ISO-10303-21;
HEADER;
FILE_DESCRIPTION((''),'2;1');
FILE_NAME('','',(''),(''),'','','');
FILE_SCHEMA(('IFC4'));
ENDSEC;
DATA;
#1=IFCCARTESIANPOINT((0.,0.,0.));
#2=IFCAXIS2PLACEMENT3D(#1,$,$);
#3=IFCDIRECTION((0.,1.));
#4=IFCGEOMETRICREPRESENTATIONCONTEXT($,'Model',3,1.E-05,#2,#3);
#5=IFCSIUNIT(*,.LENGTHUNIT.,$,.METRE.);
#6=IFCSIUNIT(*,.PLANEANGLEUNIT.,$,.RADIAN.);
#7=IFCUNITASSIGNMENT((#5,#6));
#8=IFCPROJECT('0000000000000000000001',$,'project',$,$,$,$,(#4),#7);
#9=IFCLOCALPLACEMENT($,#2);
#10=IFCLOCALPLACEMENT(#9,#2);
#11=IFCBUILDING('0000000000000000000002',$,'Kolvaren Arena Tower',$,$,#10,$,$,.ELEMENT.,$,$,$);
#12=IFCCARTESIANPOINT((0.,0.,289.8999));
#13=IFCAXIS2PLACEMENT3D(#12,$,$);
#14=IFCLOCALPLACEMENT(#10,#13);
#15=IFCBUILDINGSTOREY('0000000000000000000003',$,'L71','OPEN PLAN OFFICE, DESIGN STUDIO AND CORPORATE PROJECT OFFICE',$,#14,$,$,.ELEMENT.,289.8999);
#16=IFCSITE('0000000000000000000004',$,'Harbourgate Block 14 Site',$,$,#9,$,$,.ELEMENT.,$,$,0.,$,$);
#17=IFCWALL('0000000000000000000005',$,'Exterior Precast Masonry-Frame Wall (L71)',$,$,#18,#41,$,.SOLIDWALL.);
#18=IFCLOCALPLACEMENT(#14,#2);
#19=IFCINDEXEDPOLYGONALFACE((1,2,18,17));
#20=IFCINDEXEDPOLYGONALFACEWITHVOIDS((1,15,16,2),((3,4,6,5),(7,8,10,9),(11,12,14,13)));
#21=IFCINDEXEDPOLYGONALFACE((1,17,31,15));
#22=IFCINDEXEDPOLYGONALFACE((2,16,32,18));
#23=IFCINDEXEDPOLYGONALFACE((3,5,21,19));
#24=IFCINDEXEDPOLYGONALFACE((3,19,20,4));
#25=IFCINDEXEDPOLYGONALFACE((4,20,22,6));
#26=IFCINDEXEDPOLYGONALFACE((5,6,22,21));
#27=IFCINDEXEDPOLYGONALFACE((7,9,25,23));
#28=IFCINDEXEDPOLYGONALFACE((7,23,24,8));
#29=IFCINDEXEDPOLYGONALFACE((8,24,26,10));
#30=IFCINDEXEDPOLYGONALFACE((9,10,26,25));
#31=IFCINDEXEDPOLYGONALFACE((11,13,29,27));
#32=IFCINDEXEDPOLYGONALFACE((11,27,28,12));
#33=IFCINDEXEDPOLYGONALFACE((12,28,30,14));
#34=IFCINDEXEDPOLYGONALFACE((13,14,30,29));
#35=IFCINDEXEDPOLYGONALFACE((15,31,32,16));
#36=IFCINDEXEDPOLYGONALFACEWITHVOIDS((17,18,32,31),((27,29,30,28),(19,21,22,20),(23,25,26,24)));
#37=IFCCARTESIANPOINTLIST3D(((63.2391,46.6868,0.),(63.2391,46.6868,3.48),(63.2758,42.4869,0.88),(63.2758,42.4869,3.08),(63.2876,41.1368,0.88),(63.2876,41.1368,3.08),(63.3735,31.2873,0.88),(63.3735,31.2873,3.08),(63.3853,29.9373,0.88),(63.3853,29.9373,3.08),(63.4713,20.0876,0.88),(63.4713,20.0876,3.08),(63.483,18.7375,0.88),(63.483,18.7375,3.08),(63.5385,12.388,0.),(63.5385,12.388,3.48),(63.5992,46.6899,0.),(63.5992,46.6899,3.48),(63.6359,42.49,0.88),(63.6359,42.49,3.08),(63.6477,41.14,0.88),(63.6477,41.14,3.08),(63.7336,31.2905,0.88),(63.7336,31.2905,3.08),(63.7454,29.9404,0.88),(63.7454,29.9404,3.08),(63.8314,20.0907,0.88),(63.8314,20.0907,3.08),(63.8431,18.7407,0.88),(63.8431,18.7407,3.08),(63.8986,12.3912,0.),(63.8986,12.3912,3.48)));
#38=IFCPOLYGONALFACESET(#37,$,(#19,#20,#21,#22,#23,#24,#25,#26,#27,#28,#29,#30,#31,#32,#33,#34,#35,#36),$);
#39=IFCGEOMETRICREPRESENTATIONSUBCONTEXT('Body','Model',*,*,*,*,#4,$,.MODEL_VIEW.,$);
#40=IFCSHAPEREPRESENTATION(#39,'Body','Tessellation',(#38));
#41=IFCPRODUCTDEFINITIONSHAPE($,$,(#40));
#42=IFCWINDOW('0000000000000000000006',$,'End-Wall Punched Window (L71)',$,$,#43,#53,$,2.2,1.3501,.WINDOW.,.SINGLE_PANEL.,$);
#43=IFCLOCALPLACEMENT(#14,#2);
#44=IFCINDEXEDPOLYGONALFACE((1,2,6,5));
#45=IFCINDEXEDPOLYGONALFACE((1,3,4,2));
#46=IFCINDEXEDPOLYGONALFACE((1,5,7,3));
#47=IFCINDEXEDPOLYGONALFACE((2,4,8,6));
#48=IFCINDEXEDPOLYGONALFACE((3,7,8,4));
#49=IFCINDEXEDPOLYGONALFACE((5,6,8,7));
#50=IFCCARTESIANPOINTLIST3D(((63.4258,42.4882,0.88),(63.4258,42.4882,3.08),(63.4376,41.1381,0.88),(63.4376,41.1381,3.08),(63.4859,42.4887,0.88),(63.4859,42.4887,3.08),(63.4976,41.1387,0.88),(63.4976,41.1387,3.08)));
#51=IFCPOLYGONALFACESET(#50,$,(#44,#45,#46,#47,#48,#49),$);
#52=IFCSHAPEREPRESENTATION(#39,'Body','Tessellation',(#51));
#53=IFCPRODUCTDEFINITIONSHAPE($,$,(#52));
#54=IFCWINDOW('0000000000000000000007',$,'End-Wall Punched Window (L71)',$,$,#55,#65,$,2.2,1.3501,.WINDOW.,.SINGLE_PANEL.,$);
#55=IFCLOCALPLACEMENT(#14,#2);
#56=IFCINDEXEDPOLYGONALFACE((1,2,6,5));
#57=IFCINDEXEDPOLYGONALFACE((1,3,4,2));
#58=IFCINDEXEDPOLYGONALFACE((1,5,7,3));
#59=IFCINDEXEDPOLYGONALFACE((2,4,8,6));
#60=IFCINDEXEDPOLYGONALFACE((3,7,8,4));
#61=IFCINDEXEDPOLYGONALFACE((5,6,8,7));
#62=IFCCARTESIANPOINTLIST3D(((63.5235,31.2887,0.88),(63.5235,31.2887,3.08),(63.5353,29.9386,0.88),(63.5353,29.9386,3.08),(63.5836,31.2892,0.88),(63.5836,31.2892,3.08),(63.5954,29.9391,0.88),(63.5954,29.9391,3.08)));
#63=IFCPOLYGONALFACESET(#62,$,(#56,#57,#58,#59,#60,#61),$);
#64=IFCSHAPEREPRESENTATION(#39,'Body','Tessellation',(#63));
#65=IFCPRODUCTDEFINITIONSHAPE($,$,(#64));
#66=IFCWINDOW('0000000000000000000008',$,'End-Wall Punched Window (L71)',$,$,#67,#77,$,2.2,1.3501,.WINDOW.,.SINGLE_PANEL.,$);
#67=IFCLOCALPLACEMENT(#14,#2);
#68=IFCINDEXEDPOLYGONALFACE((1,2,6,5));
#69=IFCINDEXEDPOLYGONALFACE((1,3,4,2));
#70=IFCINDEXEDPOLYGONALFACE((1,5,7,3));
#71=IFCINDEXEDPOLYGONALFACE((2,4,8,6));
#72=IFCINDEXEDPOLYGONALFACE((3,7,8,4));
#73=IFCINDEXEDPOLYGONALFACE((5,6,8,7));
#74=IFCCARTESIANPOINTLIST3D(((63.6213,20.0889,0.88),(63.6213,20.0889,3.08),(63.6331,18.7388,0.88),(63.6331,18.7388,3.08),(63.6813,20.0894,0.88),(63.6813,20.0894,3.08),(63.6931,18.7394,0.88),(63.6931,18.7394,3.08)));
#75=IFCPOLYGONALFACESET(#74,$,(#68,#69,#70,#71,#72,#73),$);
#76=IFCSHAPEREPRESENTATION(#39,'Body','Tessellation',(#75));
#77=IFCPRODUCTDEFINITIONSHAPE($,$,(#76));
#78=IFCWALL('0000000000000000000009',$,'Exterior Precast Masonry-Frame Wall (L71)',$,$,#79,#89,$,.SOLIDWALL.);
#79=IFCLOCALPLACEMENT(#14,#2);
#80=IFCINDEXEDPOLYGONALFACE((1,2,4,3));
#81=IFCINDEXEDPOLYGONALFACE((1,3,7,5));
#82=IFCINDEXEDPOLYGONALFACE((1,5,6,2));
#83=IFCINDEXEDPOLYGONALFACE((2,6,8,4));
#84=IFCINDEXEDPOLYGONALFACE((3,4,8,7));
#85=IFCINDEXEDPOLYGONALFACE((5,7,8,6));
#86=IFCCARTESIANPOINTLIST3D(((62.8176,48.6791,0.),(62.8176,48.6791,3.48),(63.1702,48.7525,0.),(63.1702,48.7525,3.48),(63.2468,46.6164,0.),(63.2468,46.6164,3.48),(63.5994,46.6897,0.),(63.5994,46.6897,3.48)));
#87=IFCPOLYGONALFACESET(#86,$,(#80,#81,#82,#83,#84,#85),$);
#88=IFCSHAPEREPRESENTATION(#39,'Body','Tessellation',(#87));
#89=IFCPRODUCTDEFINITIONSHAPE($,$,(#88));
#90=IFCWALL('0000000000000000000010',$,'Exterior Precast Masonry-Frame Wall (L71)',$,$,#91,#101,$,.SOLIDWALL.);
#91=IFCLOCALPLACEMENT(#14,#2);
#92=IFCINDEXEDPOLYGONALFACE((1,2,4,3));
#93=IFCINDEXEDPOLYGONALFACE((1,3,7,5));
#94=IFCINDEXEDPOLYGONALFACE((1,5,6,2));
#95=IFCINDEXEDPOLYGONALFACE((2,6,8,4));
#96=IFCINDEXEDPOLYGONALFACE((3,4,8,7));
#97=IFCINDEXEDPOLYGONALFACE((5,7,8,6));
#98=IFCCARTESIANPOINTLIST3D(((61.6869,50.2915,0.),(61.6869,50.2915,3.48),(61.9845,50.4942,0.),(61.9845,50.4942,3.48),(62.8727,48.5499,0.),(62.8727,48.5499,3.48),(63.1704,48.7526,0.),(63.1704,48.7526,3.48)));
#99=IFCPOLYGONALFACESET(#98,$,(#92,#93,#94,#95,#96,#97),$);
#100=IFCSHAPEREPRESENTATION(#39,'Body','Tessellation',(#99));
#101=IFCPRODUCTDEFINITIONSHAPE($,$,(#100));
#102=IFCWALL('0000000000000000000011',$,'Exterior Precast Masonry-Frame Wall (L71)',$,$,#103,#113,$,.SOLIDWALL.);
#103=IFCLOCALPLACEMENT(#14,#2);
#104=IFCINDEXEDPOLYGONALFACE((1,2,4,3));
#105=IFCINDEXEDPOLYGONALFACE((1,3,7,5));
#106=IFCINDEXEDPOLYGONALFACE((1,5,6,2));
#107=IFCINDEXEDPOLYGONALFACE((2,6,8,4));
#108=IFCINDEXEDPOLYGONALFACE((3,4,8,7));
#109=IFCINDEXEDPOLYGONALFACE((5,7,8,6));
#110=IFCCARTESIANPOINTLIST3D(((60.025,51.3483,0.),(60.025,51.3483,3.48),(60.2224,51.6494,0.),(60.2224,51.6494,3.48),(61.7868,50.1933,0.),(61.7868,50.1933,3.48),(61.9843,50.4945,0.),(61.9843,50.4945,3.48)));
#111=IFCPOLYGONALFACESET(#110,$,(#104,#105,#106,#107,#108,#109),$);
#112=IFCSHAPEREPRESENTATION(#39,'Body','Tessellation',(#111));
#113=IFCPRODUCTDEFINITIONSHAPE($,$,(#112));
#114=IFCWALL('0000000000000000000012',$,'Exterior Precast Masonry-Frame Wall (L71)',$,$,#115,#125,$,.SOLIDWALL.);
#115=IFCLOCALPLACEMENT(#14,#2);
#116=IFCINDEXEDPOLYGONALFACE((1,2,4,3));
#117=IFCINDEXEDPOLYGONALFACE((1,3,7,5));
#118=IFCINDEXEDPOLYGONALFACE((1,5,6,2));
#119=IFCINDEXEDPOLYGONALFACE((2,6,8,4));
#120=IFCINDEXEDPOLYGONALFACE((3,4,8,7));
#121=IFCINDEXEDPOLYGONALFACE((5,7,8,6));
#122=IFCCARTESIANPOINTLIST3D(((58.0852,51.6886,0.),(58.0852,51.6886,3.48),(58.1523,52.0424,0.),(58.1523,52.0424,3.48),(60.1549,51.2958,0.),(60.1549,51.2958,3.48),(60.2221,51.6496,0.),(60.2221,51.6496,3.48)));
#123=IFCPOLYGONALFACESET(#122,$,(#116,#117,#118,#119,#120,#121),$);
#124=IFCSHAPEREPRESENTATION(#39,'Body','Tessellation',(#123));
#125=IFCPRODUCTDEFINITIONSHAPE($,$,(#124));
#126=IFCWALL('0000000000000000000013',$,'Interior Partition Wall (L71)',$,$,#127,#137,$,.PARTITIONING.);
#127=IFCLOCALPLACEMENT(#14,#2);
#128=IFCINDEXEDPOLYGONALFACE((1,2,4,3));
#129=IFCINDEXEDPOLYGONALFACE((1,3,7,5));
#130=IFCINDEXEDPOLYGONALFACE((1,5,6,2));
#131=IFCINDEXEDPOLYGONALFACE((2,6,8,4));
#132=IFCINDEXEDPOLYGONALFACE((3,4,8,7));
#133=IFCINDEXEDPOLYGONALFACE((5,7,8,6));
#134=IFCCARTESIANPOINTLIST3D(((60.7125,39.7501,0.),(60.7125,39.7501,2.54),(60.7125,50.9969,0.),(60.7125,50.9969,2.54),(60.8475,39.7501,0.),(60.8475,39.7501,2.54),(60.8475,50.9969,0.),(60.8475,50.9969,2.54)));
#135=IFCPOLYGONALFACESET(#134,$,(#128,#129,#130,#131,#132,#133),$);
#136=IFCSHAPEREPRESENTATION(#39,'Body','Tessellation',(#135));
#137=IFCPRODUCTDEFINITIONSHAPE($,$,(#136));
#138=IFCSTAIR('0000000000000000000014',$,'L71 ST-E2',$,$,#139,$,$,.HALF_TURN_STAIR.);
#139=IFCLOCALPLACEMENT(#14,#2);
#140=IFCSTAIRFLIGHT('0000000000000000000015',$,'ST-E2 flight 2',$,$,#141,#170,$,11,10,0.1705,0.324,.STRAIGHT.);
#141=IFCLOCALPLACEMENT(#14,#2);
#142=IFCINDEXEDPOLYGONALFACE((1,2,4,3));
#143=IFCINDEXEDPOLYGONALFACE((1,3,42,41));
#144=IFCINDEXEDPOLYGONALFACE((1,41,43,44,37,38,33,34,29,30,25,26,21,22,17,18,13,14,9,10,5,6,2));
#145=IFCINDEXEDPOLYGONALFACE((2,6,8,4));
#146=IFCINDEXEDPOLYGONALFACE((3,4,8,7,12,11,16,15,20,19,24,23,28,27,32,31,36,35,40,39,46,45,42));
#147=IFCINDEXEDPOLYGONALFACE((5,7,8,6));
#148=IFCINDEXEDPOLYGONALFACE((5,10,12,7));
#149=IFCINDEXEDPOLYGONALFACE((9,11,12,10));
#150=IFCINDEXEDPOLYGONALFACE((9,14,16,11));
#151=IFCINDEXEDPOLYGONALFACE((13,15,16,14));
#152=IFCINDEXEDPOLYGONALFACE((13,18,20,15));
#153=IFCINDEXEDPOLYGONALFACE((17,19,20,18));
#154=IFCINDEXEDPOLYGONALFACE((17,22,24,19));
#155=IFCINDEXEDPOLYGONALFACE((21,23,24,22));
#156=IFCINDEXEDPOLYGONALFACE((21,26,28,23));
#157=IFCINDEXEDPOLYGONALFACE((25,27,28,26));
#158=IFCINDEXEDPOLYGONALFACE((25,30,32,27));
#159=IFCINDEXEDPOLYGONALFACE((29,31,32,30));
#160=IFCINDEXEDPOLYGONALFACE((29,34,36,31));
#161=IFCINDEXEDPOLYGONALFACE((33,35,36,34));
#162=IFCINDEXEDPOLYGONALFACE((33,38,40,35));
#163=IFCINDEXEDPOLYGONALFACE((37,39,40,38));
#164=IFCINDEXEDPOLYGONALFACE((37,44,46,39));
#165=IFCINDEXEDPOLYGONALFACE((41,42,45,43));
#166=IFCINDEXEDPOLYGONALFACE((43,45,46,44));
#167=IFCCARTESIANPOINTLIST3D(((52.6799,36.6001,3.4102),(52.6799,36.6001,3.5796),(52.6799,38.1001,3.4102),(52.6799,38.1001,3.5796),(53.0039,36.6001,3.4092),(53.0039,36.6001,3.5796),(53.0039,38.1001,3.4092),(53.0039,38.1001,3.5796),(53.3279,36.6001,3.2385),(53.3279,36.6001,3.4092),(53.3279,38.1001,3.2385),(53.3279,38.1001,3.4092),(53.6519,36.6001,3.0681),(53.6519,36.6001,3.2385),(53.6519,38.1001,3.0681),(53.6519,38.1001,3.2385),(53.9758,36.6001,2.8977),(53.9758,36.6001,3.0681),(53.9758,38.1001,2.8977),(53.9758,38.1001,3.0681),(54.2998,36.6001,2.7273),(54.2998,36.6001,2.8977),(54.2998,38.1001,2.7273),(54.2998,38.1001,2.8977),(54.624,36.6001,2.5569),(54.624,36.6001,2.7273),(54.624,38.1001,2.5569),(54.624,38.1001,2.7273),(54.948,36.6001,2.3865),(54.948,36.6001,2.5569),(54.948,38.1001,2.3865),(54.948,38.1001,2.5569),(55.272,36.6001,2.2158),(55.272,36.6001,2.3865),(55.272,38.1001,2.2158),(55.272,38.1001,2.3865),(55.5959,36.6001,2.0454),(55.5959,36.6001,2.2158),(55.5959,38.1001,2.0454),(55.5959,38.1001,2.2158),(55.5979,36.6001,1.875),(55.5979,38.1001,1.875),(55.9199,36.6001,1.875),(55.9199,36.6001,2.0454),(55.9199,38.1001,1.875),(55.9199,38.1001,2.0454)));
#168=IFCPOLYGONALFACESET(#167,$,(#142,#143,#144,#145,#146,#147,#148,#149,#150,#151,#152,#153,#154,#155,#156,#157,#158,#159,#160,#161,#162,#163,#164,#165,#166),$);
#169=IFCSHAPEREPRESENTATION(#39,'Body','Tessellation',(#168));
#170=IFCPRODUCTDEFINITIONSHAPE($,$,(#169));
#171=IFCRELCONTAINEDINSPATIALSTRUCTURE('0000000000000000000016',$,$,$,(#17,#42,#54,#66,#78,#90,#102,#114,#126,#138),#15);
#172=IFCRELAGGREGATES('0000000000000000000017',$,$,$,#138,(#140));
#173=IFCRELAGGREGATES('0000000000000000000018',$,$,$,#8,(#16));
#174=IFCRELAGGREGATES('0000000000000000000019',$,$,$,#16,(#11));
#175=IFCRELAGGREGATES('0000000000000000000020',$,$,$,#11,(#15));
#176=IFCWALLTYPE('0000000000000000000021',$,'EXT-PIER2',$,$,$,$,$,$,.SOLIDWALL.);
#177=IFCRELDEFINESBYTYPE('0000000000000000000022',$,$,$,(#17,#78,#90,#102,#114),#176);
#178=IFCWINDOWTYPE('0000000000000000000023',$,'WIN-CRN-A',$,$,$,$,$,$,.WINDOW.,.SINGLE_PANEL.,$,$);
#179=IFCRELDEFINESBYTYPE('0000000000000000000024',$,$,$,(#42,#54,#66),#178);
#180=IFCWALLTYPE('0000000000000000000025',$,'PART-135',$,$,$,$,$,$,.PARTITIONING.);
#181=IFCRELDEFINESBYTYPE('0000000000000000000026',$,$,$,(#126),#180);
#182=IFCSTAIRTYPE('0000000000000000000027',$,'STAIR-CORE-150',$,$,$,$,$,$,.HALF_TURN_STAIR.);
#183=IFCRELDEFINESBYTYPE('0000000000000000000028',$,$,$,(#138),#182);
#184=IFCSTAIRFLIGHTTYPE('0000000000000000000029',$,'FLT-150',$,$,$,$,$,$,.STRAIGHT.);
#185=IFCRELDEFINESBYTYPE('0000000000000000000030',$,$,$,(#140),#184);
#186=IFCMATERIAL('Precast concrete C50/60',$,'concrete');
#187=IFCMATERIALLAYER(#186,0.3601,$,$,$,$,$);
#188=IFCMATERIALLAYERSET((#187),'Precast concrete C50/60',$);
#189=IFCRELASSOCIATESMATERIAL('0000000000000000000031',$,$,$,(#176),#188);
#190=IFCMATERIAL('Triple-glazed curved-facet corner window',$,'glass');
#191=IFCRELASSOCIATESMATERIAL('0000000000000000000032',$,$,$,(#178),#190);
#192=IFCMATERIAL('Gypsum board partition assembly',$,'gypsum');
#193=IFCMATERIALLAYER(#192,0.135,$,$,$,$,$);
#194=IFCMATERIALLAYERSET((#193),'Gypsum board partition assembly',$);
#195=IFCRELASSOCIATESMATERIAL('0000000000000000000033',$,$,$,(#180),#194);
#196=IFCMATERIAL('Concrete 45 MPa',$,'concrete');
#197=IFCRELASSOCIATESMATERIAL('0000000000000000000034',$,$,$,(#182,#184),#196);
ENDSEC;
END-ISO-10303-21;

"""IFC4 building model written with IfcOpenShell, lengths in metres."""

from ifc_helpers import new_model, si_unit, direction, frame, frame_2d, origin, place, context, subcontext, project, spatial, polyline, rectangle, outline, extrude, material, layer, layer_set, type_object, element, fill, aggregate, save


model = new_model("IFC4")

# Units and contexts
model_context = context("Model", 3, precision=1e-05, world=origin(), true_north=direction((0.0, 1.0)))
body_context = subcontext(model_context, "Body", "Model", "MODEL_VIEW")
ifc_project = project(units=[si_unit("LENGTHUNIT", "METRE"), si_unit("PLANEANGLEUNIT", "RADIAN")], contexts=[model_context])

# Site, building, storey
site_placement = place(None, origin())
site = spatial("IfcSite", under=ifc_project, at=site_placement, Name="Harbourgate Block 14 Site", CompositionType="ELEMENT", RefElevation=0.0)
building_placement = place(site_placement, origin())
building = spatial("IfcBuilding", under=site, at=building_placement, Name="Kolvaren Arena Tower", CompositionType="ELEMENT")
storey_placement = place(building_placement, frame((0.0, 0.0, 289.8999)))
storey = spatial("IfcBuildingStorey", under=building, at=storey_placement, Name="L71", Description="OPEN PLAN OFFICE, DESIGN STUDIO AND CORPORATE PROJECT OFFICE", CompositionType="ELEMENT", Elevation=289.8999)

# Shared definitions
ifc_material_1 = material(Name="Precast concrete C50/60", Category="concrete")

# Wall, openings, windows
ifc_layer_1 = layer(ifc_material_1, 0.3601)
ifc_layer_set_1 = layer_set([ifc_layer_1], Name="Precast concrete C50/60")
wall_type_1 = type_object("IfcWallType", Name="EXT-PIER2", PredefinedType="SOLIDWALL", material=ifc_layer_set_1)
wall_1_placement = place(storey_placement, frame((63.4192, 46.6882, 0.0), z_axis=(0.0, 0.0, 1.0), x_axis=(0.008726, -0.999962, 0.0)))
wall_1 = element("IfcWall", 1, at=wall_1_placement, inside=storey, type_object=wall_type_1, Name="Exterior Precast Masonry-Frame Wall (L71)", PredefinedType="SOLIDWALL", context=body_context, shape_type="SweptSolid", body=[
    extrude(rectangle(XDim=34.3, YDim=0.3601, at=frame_2d((17.1499, 0.0))), origin(), (0.0, 0.0, 1.0), 3.48),
])
opening_1_placement = place(wall_1_placement, frame((4.2, 0.0, 0.8799)))
opening_1 = element("IfcOpeningElement", 2, at=opening_1_placement, cuts=wall_1, PredefinedType="OPENING", context=body_context, shape_type="SweptSolid", body=[
    extrude(rectangle(XDim=1.3501, YDim=2.2, at=frame_2d((0.675, 1.1001))), frame((0.0, 0.1899, 0.0), z_axis=(0.0, -1.0, 0.0), x_axis=(1.0, 0.0, 0.0)), (0.0, 0.0, 1.0), 0.3801),
])
opening_2_placement = place(wall_1_placement, frame((15.3999, 0.0, 0.8799)))
opening_2 = element("IfcOpeningElement", 3, at=opening_2_placement, cuts=wall_1, PredefinedType="OPENING", context=body_context, shape_type="SweptSolid", body=[
    extrude(rectangle(XDim=1.3501, YDim=2.2, at=frame_2d((0.675, 1.1001))), frame((0.0, 0.1899, 0.0), z_axis=(0.0, -1.0, 0.0), x_axis=(1.0, 0.0, 0.0)), (0.0, 0.0, 1.0), 0.3801),
])
opening_3_placement = place(wall_1_placement, frame((26.6001, 0.0, 0.8799)))
opening_3 = element("IfcOpeningElement", 4, at=opening_3_placement, cuts=wall_1, PredefinedType="OPENING", context=body_context, shape_type="SweptSolid", body=[
    extrude(rectangle(XDim=1.3501, YDim=2.2, at=frame_2d((0.675, 1.1001))), frame((0.0, 0.1899, 0.0), z_axis=(0.0, -1.0, 0.0), x_axis=(1.0, 0.0, 0.0)), (0.0, 0.0, 1.0), 0.3801),
])
ifc_material_2 = material(Name="Triple-glazed curved-facet corner window", Category="glass")
window_type = type_object("IfcWindowType", Name="WIN-CRN-A", PartitioningType="SINGLE_PANEL", PredefinedType="WINDOW", material=ifc_material_2)
window_1_placement = place(opening_1_placement, origin())
window_1 = element("IfcWindow", 5, at=window_1_placement, inside=storey, type_object=window_type, Name="End-Wall Punched Window (L71)", OverallHeight=2.2, OverallWidth=1.3501, PartitioningType="SINGLE_PANEL", PredefinedType="WINDOW", context=body_context, shape_type="SweptSolid", body=[
    extrude(rectangle(XDim=1.3501, YDim=2.2, at=frame_2d((0.675, 1.1001))), frame((0.0, 0.03, 0.0), z_axis=(0.0, -1.0, 0.0), x_axis=(1.0, 0.0, 0.0)), (0.0, 0.0, 1.0), 0.0601),
])
fill(opening_1, window_1)
window_2_placement = place(opening_2_placement, origin())
window_2 = element("IfcWindow", 6, at=window_2_placement, inside=storey, type_object=window_type, Name="End-Wall Punched Window (L71)", OverallHeight=2.2, OverallWidth=1.3501, PartitioningType="SINGLE_PANEL", PredefinedType="WINDOW", context=body_context, shape_type="SweptSolid", body=[
    extrude(rectangle(XDim=1.3501, YDim=2.2, at=frame_2d((0.675, 1.1001))), frame((0.0, 0.03, 0.0), z_axis=(0.0, -1.0, 0.0), x_axis=(1.0, 0.0, 0.0)), (0.0, 0.0, 1.0), 0.0601),
])
fill(opening_2, window_2)
window_3_placement = place(opening_3_placement, origin())
window_3 = element("IfcWindow", 7, at=window_3_placement, inside=storey, type_object=window_type, Name="End-Wall Punched Window (L71)", OverallHeight=2.2, OverallWidth=1.3501, PartitioningType="SINGLE_PANEL", PredefinedType="WINDOW", context=body_context, shape_type="SweptSolid", body=[
    extrude(rectangle(XDim=1.3501, YDim=2.2, at=frame_2d((0.675, 1.1001))), frame((0.0, 0.03, 0.0), z_axis=(0.0, -1.0, 0.0), x_axis=(1.0, 0.0, 0.0)), (0.0, 0.0, 1.0), 0.0601),
])
fill(opening_3, window_3)

# Walls
for number, where, z_axis, x_axis, name in (
    (8, (62.9939, 48.7158, 0.0), (0.0, 0.0, 1.0), (0.203709, -0.979031, 0.0), "Exterior Precast Masonry-Frame Wall (L71)"),
    (9, (61.8357, 50.3928, 0.0), (0.0, 0.0, 1.0), (0.56283, -0.826573, 0.0), "Exterior Precast Masonry-Frame Wall (L71)"),
):
    element("IfcWall", number, at=place(storey_placement, frame(where, z_axis=z_axis, x_axis=x_axis)), inside=storey, type_object=wall_type_1, Name=name, PredefinedType="SOLIDWALL", context=body_context, shape_type="SweptSolid", body=[
        extrude(rectangle(XDim=2.1069, YDim=0.3601, at=frame_2d((1.0535, 0.0))), origin(), (0.0, 0.0, 1.0), 3.48),
    ])
for number, where, z_axis, x_axis, name in (
    (10, (60.1238, 51.4988, 0.0), (0.0, 0.0, 1.0), (0.836322, -0.548239, 0.0), "Exterior Precast Masonry-Frame Wall (L71)"),
    (11, (58.1189, 51.8655, 0.0), (0.0, 0.0, 1.0), (0.982463, -0.186457, 0.0), "Exterior Precast Masonry-Frame Wall (L71)"),
):
    element("IfcWall", number, at=place(storey_placement, frame(where, z_axis=z_axis, x_axis=x_axis)), inside=storey, type_object=wall_type_1, Name=name, PredefinedType="SOLIDWALL", context=body_context, shape_type="SweptSolid", body=[
        extrude(rectangle(XDim=2.1067, YDim=0.3601, at=frame_2d((1.0532, 0.0))), origin(), (0.0, 0.0, 1.0), 3.48),
    ])
ifc_material_3 = material(Name="Gypsum board partition assembly", Category="gypsum")
ifc_layer_2 = layer(ifc_material_3, 0.135)
ifc_layer_set_2 = layer_set([ifc_layer_2], Name="Gypsum board partition assembly")
wall_type_2 = type_object("IfcWallType", Name="PART-135", PredefinedType="PARTITIONING", material=ifc_layer_set_2)
wall_2_placement = place(storey_placement, frame((60.78, 39.75, 0.0), z_axis=(0.0, 0.0, 1.0), x_axis=(0.0, 1.0, 0.0)))
element("IfcWall", 12, at=wall_2_placement, inside=storey, type_object=wall_type_2, Name="Interior Partition Wall (L71)", PredefinedType="PARTITIONING", context=body_context, shape_type="SweptSolid", body=[
    extrude(rectangle(XDim=11.2468, YDim=0.135, at=frame_2d((5.6235, 0.0))), origin(), (0.0, 0.0, 1.0), 2.54),
])

# Stair, stair flight
ifc_material_4 = material(Name="Concrete 45 MPa", Category="concrete")
stair_type = type_object("IfcStairType", Name="STAIR-CORE-150", PredefinedType="HALF_TURN_STAIR", material=ifc_material_4)
stair_placement = place(storey_placement, origin())
stair = element("IfcStair", 13, at=stair_placement, inside=storey, type_object=stair_type, Name="L71 ST-E2", PredefinedType="HALF_TURN_STAIR")
stair_flight_type = type_object("IfcStairFlightType", Name="FLT-150", PredefinedType="STRAIGHT", material=ifc_material_4)
stair_flight_placement = place(storey_placement, frame((55.9199, 37.3501, 1.875), z_axis=(0.0, 0.0, 1.0), x_axis=(-1.0, 0.0, 0.0)))
stair_flight = element("IfcStairFlight", 14, at=stair_flight_placement, type_object=stair_flight_type, Name="ST-E2 flight 2", NumberOfRisers=11, NumberOfTreads=10, PredefinedType="STRAIGHT", RiserHeight=0.1705, TreadLength=0.324, context=body_context, shape_type="SweptSolid", body=[
    extrude(outline(polyline([(0.0, 0.0), (0.0, 0.1704), (0.324, 0.1704), (0.324, 0.3408), (0.6479, 0.3408), (0.6479, 0.5115), (0.9719, 0.5115), (0.9719, 0.6819), (1.2959, 0.6819), (1.2959, 0.8523), (1.6201, 0.8523), (1.6201, 1.0227), (1.9441, 1.0227), (1.9441, 1.1931), (2.2681, 1.1931), (2.2681, 1.3635), (2.592, 1.3635), (2.592, 1.5342), (2.916, 1.5342), (2.916, 1.7046), (3.24, 1.7046), (3.24, 1.875), (3.24, 1.5352), (0.322, 0.0), (0.0, 0.0)])), frame((0.0, 0.75, 0.0), z_axis=(0.0, -1.0, 0.0), x_axis=(1.0, 0.0, 0.0)), (0.0, 0.0, 1.0), 1.5),
])
aggregate(stair, [stair_flight])

save(model, "model.ifc")
